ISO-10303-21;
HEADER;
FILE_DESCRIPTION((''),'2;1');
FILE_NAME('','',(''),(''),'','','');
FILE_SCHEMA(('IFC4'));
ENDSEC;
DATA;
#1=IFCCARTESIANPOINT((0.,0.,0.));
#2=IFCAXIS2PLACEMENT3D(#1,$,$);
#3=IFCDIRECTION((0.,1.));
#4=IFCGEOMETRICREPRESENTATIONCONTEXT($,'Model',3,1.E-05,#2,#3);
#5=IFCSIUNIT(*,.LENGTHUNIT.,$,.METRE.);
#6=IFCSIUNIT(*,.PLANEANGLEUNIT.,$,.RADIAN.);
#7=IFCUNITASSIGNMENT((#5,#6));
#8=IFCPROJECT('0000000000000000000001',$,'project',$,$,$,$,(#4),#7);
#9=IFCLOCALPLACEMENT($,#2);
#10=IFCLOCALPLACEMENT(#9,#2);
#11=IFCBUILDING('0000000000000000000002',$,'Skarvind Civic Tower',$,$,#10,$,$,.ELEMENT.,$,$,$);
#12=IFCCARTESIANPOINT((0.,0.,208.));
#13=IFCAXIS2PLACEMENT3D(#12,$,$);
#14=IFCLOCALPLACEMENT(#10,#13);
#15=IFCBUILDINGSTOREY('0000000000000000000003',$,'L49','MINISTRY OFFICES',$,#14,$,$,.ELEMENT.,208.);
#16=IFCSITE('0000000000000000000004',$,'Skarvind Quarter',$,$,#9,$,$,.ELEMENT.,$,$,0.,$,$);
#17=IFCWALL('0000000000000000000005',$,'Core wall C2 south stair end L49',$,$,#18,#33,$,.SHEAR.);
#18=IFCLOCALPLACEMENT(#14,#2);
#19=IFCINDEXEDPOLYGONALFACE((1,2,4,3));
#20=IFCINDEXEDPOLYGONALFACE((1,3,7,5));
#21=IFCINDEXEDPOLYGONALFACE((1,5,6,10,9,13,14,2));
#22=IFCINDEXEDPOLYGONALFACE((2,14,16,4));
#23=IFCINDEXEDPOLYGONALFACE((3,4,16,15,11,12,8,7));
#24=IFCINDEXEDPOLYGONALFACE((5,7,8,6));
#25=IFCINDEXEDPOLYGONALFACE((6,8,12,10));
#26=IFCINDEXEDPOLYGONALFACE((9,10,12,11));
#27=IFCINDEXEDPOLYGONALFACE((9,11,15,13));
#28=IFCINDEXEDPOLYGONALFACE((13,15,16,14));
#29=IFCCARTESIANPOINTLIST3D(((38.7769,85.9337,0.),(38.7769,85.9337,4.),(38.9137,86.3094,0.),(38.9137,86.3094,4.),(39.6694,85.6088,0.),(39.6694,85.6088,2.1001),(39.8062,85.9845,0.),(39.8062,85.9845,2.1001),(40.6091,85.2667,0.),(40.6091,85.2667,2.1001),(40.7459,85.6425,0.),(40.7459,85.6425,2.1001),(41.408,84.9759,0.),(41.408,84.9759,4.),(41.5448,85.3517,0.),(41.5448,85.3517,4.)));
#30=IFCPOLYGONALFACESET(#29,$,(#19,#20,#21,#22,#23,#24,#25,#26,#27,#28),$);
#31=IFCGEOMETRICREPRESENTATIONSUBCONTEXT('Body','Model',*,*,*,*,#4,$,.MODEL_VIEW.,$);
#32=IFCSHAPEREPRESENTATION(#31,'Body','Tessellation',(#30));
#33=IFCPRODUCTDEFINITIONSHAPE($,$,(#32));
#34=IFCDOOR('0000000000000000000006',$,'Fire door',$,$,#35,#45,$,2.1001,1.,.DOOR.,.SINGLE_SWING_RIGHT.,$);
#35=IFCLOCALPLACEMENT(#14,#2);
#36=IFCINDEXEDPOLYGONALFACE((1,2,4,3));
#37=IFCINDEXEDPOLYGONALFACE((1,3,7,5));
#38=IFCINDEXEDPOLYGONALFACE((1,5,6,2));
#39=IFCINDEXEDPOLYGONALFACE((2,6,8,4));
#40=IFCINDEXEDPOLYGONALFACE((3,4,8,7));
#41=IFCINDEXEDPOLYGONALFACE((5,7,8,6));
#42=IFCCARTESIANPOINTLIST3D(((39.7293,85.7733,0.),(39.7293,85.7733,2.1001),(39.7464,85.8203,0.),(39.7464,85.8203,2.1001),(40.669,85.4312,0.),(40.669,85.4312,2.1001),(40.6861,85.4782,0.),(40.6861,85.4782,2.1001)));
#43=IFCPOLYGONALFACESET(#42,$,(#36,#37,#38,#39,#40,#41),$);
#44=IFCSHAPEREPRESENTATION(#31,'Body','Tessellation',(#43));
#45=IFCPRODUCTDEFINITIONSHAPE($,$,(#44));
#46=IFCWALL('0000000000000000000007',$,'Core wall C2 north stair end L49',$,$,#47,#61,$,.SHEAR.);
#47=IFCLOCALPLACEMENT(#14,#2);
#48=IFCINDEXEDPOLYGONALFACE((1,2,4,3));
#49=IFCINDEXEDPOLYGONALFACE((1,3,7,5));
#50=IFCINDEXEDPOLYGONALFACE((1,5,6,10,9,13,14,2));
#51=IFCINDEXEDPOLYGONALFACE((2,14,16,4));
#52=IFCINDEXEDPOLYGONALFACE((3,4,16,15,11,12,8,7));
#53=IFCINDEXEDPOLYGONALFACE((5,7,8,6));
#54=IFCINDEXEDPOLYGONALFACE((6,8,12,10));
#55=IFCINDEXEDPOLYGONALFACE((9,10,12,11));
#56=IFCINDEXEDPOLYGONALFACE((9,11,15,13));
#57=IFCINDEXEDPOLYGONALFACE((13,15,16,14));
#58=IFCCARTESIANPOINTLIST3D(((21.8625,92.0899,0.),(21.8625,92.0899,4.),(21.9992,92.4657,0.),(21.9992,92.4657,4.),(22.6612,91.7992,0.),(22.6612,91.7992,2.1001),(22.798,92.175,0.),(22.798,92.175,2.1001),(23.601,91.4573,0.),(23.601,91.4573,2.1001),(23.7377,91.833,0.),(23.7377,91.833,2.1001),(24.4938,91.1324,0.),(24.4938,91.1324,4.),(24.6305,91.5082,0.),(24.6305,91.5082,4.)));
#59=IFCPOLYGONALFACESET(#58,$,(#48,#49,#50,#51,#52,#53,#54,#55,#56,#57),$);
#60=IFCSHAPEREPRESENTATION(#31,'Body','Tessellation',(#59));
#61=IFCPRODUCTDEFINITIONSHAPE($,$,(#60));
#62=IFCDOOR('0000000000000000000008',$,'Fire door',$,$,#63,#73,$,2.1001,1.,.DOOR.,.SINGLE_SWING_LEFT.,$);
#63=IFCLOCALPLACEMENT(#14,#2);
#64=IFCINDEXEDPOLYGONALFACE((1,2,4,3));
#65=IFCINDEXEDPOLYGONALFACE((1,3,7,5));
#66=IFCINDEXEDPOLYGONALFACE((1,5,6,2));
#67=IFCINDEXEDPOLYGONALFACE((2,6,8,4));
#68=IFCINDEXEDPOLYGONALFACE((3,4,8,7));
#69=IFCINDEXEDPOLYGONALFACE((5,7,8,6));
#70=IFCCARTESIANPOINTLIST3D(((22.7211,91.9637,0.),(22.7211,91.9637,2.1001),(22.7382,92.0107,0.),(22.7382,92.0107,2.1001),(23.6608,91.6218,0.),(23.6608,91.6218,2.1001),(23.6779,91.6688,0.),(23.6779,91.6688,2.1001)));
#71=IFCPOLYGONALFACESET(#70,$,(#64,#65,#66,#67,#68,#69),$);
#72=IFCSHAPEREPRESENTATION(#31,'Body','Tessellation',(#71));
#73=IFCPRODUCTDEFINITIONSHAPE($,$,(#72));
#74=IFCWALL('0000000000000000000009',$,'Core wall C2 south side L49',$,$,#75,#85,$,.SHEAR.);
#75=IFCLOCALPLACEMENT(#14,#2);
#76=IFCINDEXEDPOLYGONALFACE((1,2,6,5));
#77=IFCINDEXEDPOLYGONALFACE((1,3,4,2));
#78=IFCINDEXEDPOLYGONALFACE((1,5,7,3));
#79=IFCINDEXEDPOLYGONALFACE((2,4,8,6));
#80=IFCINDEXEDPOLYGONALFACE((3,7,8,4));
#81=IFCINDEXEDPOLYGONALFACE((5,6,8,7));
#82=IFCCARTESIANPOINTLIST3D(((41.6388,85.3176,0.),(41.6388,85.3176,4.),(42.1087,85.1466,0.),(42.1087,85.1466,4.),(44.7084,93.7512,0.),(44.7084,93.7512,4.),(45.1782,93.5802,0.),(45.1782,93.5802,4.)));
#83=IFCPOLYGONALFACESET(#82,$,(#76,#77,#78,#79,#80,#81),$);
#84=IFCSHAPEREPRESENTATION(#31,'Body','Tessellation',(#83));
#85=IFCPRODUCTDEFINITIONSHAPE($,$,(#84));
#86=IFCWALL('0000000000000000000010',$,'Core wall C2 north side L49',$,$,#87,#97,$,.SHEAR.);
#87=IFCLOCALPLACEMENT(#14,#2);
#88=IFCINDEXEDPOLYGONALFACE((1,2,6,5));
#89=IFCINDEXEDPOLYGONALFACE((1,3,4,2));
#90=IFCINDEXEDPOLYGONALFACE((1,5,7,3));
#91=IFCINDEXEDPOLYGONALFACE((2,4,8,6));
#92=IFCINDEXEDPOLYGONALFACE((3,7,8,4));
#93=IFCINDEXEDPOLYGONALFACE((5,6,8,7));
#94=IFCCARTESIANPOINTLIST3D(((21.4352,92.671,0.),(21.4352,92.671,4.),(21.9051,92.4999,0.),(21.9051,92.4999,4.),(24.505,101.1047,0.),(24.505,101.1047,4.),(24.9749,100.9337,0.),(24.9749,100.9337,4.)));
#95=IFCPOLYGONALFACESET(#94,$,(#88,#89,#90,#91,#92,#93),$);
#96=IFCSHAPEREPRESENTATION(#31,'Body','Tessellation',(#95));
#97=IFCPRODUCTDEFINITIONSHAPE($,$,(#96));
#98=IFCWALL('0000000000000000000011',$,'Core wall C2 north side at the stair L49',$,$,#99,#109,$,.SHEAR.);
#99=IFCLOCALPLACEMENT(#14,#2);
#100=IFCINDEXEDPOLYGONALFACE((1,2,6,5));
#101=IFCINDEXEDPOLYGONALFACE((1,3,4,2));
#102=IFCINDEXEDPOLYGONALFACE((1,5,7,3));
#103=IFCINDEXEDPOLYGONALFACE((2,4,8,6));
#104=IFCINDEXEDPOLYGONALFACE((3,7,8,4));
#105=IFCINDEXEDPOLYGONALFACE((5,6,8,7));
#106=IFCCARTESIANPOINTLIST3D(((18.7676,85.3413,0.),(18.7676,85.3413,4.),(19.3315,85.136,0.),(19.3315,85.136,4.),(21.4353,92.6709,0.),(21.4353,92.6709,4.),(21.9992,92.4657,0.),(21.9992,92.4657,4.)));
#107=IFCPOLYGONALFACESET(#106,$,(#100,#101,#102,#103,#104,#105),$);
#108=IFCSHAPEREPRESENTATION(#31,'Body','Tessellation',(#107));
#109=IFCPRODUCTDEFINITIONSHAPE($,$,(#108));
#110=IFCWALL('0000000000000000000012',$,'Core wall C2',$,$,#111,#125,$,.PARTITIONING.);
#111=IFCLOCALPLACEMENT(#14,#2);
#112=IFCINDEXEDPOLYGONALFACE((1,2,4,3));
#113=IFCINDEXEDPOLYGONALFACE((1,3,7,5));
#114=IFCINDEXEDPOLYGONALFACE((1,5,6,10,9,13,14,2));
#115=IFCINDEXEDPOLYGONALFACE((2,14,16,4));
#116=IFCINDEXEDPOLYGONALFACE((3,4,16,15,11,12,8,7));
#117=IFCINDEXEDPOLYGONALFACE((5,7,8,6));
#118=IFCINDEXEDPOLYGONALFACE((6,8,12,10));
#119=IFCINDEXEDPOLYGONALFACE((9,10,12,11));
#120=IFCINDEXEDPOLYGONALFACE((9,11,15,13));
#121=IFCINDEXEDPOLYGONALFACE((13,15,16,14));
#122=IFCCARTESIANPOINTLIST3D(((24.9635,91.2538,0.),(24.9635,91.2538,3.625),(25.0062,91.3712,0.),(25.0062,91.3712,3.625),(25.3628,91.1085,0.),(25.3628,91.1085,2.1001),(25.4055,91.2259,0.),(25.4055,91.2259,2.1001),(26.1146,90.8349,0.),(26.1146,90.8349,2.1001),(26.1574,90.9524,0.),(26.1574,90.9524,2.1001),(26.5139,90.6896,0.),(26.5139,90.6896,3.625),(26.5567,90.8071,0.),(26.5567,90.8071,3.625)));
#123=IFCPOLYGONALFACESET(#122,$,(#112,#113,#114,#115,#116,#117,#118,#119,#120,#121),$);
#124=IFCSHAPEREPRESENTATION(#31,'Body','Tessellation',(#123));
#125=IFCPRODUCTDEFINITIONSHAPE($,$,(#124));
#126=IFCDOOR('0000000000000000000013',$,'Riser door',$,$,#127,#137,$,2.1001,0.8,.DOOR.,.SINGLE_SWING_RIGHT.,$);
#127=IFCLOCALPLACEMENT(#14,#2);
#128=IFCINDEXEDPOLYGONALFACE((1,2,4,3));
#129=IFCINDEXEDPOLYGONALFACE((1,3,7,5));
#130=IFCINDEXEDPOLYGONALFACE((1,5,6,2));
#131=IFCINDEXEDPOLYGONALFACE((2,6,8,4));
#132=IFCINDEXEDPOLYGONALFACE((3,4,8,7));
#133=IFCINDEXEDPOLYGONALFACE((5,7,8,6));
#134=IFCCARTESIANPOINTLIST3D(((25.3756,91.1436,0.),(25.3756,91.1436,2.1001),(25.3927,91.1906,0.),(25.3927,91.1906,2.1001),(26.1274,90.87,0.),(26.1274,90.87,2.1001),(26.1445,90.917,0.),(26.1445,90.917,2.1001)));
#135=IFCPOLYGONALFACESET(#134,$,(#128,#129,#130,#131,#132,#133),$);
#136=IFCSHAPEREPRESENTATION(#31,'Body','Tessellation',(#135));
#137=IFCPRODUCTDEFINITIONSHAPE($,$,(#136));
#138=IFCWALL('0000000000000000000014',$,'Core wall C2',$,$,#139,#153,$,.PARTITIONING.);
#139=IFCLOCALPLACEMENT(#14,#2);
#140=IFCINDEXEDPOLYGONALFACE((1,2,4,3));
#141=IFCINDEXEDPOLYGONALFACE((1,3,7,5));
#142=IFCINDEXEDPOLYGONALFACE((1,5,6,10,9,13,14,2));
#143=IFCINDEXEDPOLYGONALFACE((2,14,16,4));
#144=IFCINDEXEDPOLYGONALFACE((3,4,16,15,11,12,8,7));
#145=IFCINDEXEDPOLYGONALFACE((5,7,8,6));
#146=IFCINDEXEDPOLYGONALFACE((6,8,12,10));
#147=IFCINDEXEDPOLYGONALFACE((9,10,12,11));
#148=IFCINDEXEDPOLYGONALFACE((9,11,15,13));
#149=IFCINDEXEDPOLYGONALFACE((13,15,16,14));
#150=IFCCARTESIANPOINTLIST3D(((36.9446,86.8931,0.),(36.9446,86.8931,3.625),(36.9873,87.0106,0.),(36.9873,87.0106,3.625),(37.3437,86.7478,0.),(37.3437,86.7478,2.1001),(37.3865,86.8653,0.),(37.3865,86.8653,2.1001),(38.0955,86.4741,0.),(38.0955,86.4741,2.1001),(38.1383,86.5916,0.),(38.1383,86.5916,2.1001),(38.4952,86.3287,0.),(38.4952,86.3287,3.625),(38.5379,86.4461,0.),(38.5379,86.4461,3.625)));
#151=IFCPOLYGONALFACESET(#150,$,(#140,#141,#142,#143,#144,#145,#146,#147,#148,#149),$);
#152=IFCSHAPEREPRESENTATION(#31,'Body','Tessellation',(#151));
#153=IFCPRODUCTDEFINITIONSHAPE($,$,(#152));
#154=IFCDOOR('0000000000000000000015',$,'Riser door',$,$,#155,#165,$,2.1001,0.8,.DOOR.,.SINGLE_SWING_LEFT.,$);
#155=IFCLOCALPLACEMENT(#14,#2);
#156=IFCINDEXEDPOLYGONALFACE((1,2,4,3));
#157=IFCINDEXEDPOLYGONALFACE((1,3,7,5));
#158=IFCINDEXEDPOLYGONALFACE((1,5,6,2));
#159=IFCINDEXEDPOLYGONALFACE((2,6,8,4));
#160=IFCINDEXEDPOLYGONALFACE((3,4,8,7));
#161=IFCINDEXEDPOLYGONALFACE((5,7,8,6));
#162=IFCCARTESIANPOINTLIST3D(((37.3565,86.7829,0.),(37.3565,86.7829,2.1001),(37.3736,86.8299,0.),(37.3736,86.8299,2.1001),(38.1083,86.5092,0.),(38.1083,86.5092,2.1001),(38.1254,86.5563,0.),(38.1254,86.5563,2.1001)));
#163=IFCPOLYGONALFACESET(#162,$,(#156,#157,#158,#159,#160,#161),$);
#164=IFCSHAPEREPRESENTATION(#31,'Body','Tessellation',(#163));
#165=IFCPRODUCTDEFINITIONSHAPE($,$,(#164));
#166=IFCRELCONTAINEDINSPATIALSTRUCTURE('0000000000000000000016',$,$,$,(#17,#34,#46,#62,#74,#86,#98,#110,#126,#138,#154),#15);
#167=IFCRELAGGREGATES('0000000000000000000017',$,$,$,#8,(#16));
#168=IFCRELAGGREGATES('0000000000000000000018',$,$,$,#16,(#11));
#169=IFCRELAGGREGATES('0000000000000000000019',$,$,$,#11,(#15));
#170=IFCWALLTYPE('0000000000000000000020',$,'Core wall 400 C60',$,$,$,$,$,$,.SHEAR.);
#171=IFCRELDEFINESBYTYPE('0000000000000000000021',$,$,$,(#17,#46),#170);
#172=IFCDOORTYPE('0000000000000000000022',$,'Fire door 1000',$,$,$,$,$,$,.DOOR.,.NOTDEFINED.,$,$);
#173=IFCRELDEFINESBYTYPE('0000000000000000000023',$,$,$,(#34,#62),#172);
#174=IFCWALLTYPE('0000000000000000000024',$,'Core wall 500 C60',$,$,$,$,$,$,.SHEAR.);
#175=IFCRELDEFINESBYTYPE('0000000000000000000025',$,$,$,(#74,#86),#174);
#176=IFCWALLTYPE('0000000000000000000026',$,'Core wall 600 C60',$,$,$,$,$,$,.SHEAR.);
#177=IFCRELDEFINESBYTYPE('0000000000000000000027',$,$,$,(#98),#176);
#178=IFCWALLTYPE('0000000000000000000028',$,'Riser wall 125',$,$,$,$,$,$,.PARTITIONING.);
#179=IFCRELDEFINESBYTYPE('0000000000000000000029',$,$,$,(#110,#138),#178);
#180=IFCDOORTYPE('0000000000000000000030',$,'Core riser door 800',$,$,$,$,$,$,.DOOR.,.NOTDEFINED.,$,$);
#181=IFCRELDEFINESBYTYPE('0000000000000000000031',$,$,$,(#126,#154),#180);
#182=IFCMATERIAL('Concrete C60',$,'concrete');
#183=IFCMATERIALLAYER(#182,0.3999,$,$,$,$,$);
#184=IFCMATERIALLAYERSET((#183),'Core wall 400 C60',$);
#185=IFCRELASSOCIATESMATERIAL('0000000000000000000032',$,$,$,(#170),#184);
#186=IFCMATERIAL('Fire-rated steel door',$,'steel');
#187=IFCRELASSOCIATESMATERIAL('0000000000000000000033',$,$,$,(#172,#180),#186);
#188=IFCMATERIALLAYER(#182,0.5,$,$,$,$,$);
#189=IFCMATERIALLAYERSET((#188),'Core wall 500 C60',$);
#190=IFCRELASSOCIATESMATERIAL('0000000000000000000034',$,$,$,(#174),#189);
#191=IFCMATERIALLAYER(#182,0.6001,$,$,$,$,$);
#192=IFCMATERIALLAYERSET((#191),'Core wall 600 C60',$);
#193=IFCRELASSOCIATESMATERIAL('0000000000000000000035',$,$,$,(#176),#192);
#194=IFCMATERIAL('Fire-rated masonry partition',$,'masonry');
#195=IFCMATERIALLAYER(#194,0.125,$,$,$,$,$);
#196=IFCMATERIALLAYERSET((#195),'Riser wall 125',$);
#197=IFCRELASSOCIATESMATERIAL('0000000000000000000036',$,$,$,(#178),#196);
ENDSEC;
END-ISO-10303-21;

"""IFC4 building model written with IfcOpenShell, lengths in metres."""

from ifc_helpers import new_model, si_unit, direction, frame, frame_2d, origin, place, context, subcontext, project, spatial, rectangle, extrude, material, layer, layer_set, type_object, element, fill, save


model = new_model("IFC4")

# Units and contexts
model_context = context("Model", 3, precision=1e-05, world=origin(), true_north=direction((0.0, 1.0)))
body_context = subcontext(model_context, "Body", "Model", "MODEL_VIEW")
ifc_project = project(units=[si_unit("LENGTHUNIT", "METRE"), si_unit("PLANEANGLEUNIT", "RADIAN")], contexts=[model_context])

# Site, building, storey
site_placement = place(None, origin())
site = spatial("IfcSite", under=ifc_project, at=site_placement, Name="Skarvind Quarter", CompositionType="ELEMENT", RefElevation=0.0)
building_placement = place(site_placement, origin())
building = spatial("IfcBuilding", under=site, at=building_placement, Name="Skarvind Civic Tower", CompositionType="ELEMENT")
storey_placement = place(building_placement, frame((0.0, 0.0, 208.0)))
storey = spatial("IfcBuildingStorey", under=building, at=storey_placement, Name="L49", Description="MINISTRY OFFICES", CompositionType="ELEMENT", Elevation=208.0)

# Shared definitions
ifc_material_1 = material(Name="Concrete C60", Category="concrete")

# Shared definitions
ifc_material_2 = material(Name="Fire-rated masonry partition", Category="masonry")
ifc_material_3 = material(Name="Fire-rated steel door", Category="steel")

# Walls, openings, doors
ifc_layer_1 = layer(ifc_material_1, 0.3999)
ifc_layer_set_1 = layer_set([ifc_layer_1], Name="Core wall 400 C60")
wall_type_1 = type_object("IfcWallType", Name="Core wall 400 C60", PredefinedType="SHEAR", material=ifc_layer_set_1)
wall_1_placement = place(storey_placement, frame((41.4763, 85.1638, 0.0), z_axis=(0.0, 0.0, 1.0), x_axis=(-0.939679, 0.342058, 0.0)))
wall_1 = element("IfcWall", 1, at=wall_1_placement, inside=storey, type_object=wall_type_1, Name="Core wall C2 south stair end L49", PredefinedType="SHEAR", context=body_context, shape_type="SweptSolid", body=[
    extrude(rectangle(XDim=2.8, YDim=0.3999, at=frame_2d((1.3999, 0.0))), origin(), (0.0, 0.0, 1.0), 4.0),
])
opening_1_placement = place(wall_1_placement, frame((0.8501, 0.0, 0.0)))
opening_1 = element("IfcOpeningElement", 2, at=opening_1_placement, cuts=wall_1, PredefinedType="OPENING", context=body_context, shape_type="SweptSolid", body=[
    extrude(rectangle(XDim=1.0, YDim=2.1001, at=frame_2d((0.5, 1.05))), frame((0.0, 0.21, 0.0), z_axis=(0.0, -1.0, 0.0), x_axis=(1.0, 0.0, 0.0)), (0.0, 0.0, 1.0), 0.4199),
])
door_type_1 = type_object("IfcDoorType", Name="Fire door 1000", OperationType="NOTDEFINED", PredefinedType="DOOR", material=ifc_material_3)
door_1_placement = place(opening_1_placement, origin())
door_1 = element("IfcDoor", 3, at=door_1_placement, inside=storey, type_object=door_type_1, Name="Fire door", OperationType="SINGLE_SWING_RIGHT", OverallHeight=2.1001, OverallWidth=1.0, PredefinedType="DOOR", context=body_context, shape_type="SweptSolid", body=[
    extrude(rectangle(XDim=1.0, YDim=2.1001, at=frame_2d((0.5, 1.05))), frame((0.0, 0.0249, 0.0), z_axis=(0.0, -1.0, 0.0), x_axis=(1.0, 0.0, 0.0)), (0.0, 0.0, 1.0), 0.05),
])
fill(opening_1, door_1)
wall_2_placement = place(storey_placement, frame((24.562, 91.3203, 0.0), z_axis=(0.0, 0.0, 1.0), x_axis=(-0.939717, 0.341953, 0.0)))
wall_2 = element("IfcWall", 4, at=wall_2_placement, inside=storey, type_object=wall_type_1, Name="Core wall C2 north stair end L49", PredefinedType="SHEAR", context=body_context, shape_type="SweptSolid", body=[
    extrude(rectangle(XDim=2.8, YDim=0.3999, at=frame_2d((1.3999, 0.0))), origin(), (0.0, 0.0, 1.0), 4.0),
])
opening_2_placement = place(wall_2_placement, frame((0.95, 0.0, 0.0)))
opening_2 = element("IfcOpeningElement", 5, at=opening_2_placement, cuts=wall_2, PredefinedType="OPENING", context=body_context, shape_type="SweptSolid", body=[
    extrude(rectangle(XDim=1.0, YDim=2.1001, at=frame_2d((0.5, 1.05))), frame((0.0, 0.21, 0.0), z_axis=(0.0, -1.0, 0.0), x_axis=(1.0, 0.0, 0.0)), (0.0, 0.0, 1.0), 0.4199),
])
door_2_placement = place(opening_2_placement, origin())
door_2 = element("IfcDoor", 6, at=door_2_placement, inside=storey, type_object=door_type_1, Name="Fire door", OperationType="SINGLE_SWING_LEFT", OverallHeight=2.1001, OverallWidth=1.0, PredefinedType="DOOR", context=body_context, shape_type="SweptSolid", body=[
    extrude(rectangle(XDim=1.0, YDim=2.1001, at=frame_2d((0.5, 1.05))), frame((0.0, 0.0249, 0.0), z_axis=(0.0, -1.0, 0.0), x_axis=(1.0, 0.0, 0.0)), (0.0, 0.0, 1.0), 0.05),
])
fill(opening_2, door_2)

# Walls
ifc_layer_2 = layer(ifc_material_1, 0.5)
ifc_layer_set_2 = layer_set([ifc_layer_2], Name="Core wall 500 C60")
wall_type_2 = type_object("IfcWallType", Name="Core wall 500 C60", PredefinedType="SHEAR", material=ifc_layer_set_2)
wall_3_placement = place(storey_placement, frame((41.8738, 85.2322, 0.0), z_axis=(0.0, 0.0, 1.0), x_axis=(0.34202, 0.939693, 0.0)))
element("IfcWall", 7, at=wall_3_placement, inside=storey, type_object=wall_type_2, Name="Core wall C2 south side L49", PredefinedType="SHEAR", context=body_context, shape_type="SweptSolid", body=[
    extrude(rectangle(XDim=8.9749, YDim=0.5, at=frame_2d((4.4873, 0.0))), origin(), (0.0, 0.0, 1.0), 4.0),
])
wall_4_placement = place(storey_placement, frame((21.6702, 92.5854, 0.0), z_axis=(0.0, 0.0, 1.0), x_axis=(0.342036, 0.939687, 0.0)))
element("IfcWall", 8, at=wall_4_placement, inside=storey, type_object=wall_type_2, Name="Core wall C2 north side L49", PredefinedType="SHEAR", context=body_context, shape_type="SweptSolid", body=[
    extrude(rectangle(XDim=8.9751, YDim=0.5, at=frame_2d((4.4875, 0.0))), origin(), (0.0, 0.0, 1.0), 4.0),
])
ifc_layer_3 = layer(ifc_material_1, 0.6001)
ifc_layer_set_3 = layer_set([ifc_layer_3], Name="Core wall 600 C60")
wall_type_3 = type_object("IfcWallType", Name="Core wall 600 C60", PredefinedType="SHEAR", material=ifc_layer_set_3)
wall_5_placement = place(storey_placement, frame((19.0496, 85.2388, 0.0), z_axis=(0.0, 0.0, 1.0), x_axis=(0.342017, 0.939694, 0.0)))
element("IfcWall", 9, at=wall_5_placement, inside=storey, type_object=wall_type_3, Name="Core wall C2 north side at the stair L49", PredefinedType="SHEAR", context=body_context, shape_type="SweptSolid", body=[
    extrude(rectangle(XDim=7.8, YDim=0.6001, at=frame_2d((3.8999, 0.0))), origin(), (0.0, 0.0, 1.0), 4.0),
])

# Walls, openings, doors
ifc_layer_4 = layer(ifc_material_2, 0.125)
ifc_layer_set_4 = layer_set([ifc_layer_4], Name="Riser wall 125")
wall_type_4 = type_object("IfcWallType", Name="Riser wall 125", PredefinedType="PARTITIONING", material=ifc_layer_set_4)
wall_6_placement = place(storey_placement, frame((24.9849, 91.3125, 0.0), z_axis=(0.0, 0.0, 1.0), x_axis=(0.93972, -0.341945, 0.0)))
wall_6 = element("IfcWall", 10, at=wall_6_placement, inside=storey, type_object=wall_type_4, Name="Core wall C2", PredefinedType="PARTITIONING", context=body_context, shape_type="SweptSolid", body=[
    extrude(rectangle(XDim=1.6499, YDim=0.125, at=frame_2d((0.825, 0.0))), origin(), (0.0, 0.0, 1.0), 3.625),
])
opening_3_placement = place(wall_6_placement, frame((0.425, 0.0, 0.0)))
opening_3 = element("IfcOpeningElement", 11, at=opening_3_placement, cuts=wall_6, PredefinedType="OPENING", context=body_context, shape_type="SweptSolid", body=[
    extrude(rectangle(XDim=0.8, YDim=2.1001, at=frame_2d((0.3999, 1.05))), frame((0.0, 0.0725, 0.0), z_axis=(0.0, -1.0, 0.0), x_axis=(1.0, 0.0, 0.0)), (0.0, 0.0, 1.0), 0.145),
])
door_type_2 = type_object("IfcDoorType", Name="Core riser door 800", OperationType="NOTDEFINED", PredefinedType="DOOR", material=ifc_material_3)
door_3_placement = place(opening_3_placement, origin())
door_3 = element("IfcDoor", 12, at=door_3_placement, inside=storey, type_object=door_type_2, Name="Riser door", OperationType="SINGLE_SWING_RIGHT", OverallHeight=2.1001, OverallWidth=0.8, PredefinedType="DOOR", context=body_context, shape_type="SweptSolid", body=[
    extrude(rectangle(XDim=0.8, YDim=2.1001, at=frame_2d((0.3999, 1.05))), frame((0.0, 0.0249, 0.0), z_axis=(0.0, -1.0, 0.0), x_axis=(1.0, 0.0, 0.0)), (0.0, 0.0, 1.0), 0.05),
])
fill(opening_3, door_3)
wall_7_placement = place(storey_placement, frame((36.9658, 86.9519, 0.0), z_axis=(0.0, 0.0, 1.0), x_axis=(0.939672, -0.342076, 0.0)))
wall_7 = element("IfcWall", 13, at=wall_7_placement, inside=storey, type_object=wall_type_4, Name="Core wall C2", PredefinedType="PARTITIONING", context=body_context, shape_type="SweptSolid", body=[
    extrude(rectangle(XDim=1.6501, YDim=0.125, at=frame_2d((0.8252, 0.0))), origin(), (0.0, 0.0, 1.0), 3.625),
])
opening_4_placement = place(wall_7_placement, frame((0.425, 0.0, 0.0)))
opening_4 = element("IfcOpeningElement", 14, at=opening_4_placement, cuts=wall_7, PredefinedType="OPENING", context=body_context, shape_type="SweptSolid", body=[
    extrude(rectangle(XDim=0.8, YDim=2.1001, at=frame_2d((0.3999, 1.05))), frame((0.0, 0.0725, 0.0), z_axis=(0.0, -1.0, 0.0), x_axis=(1.0, 0.0, 0.0)), (0.0, 0.0, 1.0), 0.145),
])
door_4_placement = place(opening_4_placement, origin())
door_4 = element("IfcDoor", 15, at=door_4_placement, inside=storey, type_object=door_type_2, Name="Riser door", OperationType="SINGLE_SWING_LEFT", OverallHeight=2.1001, OverallWidth=0.8, PredefinedType="DOOR", context=body_context, shape_type="SweptSolid", body=[
    extrude(rectangle(XDim=0.8, YDim=2.1001, at=frame_2d((0.3999, 1.05))), frame((0.0, 0.0249, 0.0), z_axis=(0.0, -1.0, 0.0), x_axis=(1.0, 0.0, 0.0)), (0.0, 0.0, 1.0), 0.05),
])
fill(opening_4, door_4)

save(model, "model.ifc")
